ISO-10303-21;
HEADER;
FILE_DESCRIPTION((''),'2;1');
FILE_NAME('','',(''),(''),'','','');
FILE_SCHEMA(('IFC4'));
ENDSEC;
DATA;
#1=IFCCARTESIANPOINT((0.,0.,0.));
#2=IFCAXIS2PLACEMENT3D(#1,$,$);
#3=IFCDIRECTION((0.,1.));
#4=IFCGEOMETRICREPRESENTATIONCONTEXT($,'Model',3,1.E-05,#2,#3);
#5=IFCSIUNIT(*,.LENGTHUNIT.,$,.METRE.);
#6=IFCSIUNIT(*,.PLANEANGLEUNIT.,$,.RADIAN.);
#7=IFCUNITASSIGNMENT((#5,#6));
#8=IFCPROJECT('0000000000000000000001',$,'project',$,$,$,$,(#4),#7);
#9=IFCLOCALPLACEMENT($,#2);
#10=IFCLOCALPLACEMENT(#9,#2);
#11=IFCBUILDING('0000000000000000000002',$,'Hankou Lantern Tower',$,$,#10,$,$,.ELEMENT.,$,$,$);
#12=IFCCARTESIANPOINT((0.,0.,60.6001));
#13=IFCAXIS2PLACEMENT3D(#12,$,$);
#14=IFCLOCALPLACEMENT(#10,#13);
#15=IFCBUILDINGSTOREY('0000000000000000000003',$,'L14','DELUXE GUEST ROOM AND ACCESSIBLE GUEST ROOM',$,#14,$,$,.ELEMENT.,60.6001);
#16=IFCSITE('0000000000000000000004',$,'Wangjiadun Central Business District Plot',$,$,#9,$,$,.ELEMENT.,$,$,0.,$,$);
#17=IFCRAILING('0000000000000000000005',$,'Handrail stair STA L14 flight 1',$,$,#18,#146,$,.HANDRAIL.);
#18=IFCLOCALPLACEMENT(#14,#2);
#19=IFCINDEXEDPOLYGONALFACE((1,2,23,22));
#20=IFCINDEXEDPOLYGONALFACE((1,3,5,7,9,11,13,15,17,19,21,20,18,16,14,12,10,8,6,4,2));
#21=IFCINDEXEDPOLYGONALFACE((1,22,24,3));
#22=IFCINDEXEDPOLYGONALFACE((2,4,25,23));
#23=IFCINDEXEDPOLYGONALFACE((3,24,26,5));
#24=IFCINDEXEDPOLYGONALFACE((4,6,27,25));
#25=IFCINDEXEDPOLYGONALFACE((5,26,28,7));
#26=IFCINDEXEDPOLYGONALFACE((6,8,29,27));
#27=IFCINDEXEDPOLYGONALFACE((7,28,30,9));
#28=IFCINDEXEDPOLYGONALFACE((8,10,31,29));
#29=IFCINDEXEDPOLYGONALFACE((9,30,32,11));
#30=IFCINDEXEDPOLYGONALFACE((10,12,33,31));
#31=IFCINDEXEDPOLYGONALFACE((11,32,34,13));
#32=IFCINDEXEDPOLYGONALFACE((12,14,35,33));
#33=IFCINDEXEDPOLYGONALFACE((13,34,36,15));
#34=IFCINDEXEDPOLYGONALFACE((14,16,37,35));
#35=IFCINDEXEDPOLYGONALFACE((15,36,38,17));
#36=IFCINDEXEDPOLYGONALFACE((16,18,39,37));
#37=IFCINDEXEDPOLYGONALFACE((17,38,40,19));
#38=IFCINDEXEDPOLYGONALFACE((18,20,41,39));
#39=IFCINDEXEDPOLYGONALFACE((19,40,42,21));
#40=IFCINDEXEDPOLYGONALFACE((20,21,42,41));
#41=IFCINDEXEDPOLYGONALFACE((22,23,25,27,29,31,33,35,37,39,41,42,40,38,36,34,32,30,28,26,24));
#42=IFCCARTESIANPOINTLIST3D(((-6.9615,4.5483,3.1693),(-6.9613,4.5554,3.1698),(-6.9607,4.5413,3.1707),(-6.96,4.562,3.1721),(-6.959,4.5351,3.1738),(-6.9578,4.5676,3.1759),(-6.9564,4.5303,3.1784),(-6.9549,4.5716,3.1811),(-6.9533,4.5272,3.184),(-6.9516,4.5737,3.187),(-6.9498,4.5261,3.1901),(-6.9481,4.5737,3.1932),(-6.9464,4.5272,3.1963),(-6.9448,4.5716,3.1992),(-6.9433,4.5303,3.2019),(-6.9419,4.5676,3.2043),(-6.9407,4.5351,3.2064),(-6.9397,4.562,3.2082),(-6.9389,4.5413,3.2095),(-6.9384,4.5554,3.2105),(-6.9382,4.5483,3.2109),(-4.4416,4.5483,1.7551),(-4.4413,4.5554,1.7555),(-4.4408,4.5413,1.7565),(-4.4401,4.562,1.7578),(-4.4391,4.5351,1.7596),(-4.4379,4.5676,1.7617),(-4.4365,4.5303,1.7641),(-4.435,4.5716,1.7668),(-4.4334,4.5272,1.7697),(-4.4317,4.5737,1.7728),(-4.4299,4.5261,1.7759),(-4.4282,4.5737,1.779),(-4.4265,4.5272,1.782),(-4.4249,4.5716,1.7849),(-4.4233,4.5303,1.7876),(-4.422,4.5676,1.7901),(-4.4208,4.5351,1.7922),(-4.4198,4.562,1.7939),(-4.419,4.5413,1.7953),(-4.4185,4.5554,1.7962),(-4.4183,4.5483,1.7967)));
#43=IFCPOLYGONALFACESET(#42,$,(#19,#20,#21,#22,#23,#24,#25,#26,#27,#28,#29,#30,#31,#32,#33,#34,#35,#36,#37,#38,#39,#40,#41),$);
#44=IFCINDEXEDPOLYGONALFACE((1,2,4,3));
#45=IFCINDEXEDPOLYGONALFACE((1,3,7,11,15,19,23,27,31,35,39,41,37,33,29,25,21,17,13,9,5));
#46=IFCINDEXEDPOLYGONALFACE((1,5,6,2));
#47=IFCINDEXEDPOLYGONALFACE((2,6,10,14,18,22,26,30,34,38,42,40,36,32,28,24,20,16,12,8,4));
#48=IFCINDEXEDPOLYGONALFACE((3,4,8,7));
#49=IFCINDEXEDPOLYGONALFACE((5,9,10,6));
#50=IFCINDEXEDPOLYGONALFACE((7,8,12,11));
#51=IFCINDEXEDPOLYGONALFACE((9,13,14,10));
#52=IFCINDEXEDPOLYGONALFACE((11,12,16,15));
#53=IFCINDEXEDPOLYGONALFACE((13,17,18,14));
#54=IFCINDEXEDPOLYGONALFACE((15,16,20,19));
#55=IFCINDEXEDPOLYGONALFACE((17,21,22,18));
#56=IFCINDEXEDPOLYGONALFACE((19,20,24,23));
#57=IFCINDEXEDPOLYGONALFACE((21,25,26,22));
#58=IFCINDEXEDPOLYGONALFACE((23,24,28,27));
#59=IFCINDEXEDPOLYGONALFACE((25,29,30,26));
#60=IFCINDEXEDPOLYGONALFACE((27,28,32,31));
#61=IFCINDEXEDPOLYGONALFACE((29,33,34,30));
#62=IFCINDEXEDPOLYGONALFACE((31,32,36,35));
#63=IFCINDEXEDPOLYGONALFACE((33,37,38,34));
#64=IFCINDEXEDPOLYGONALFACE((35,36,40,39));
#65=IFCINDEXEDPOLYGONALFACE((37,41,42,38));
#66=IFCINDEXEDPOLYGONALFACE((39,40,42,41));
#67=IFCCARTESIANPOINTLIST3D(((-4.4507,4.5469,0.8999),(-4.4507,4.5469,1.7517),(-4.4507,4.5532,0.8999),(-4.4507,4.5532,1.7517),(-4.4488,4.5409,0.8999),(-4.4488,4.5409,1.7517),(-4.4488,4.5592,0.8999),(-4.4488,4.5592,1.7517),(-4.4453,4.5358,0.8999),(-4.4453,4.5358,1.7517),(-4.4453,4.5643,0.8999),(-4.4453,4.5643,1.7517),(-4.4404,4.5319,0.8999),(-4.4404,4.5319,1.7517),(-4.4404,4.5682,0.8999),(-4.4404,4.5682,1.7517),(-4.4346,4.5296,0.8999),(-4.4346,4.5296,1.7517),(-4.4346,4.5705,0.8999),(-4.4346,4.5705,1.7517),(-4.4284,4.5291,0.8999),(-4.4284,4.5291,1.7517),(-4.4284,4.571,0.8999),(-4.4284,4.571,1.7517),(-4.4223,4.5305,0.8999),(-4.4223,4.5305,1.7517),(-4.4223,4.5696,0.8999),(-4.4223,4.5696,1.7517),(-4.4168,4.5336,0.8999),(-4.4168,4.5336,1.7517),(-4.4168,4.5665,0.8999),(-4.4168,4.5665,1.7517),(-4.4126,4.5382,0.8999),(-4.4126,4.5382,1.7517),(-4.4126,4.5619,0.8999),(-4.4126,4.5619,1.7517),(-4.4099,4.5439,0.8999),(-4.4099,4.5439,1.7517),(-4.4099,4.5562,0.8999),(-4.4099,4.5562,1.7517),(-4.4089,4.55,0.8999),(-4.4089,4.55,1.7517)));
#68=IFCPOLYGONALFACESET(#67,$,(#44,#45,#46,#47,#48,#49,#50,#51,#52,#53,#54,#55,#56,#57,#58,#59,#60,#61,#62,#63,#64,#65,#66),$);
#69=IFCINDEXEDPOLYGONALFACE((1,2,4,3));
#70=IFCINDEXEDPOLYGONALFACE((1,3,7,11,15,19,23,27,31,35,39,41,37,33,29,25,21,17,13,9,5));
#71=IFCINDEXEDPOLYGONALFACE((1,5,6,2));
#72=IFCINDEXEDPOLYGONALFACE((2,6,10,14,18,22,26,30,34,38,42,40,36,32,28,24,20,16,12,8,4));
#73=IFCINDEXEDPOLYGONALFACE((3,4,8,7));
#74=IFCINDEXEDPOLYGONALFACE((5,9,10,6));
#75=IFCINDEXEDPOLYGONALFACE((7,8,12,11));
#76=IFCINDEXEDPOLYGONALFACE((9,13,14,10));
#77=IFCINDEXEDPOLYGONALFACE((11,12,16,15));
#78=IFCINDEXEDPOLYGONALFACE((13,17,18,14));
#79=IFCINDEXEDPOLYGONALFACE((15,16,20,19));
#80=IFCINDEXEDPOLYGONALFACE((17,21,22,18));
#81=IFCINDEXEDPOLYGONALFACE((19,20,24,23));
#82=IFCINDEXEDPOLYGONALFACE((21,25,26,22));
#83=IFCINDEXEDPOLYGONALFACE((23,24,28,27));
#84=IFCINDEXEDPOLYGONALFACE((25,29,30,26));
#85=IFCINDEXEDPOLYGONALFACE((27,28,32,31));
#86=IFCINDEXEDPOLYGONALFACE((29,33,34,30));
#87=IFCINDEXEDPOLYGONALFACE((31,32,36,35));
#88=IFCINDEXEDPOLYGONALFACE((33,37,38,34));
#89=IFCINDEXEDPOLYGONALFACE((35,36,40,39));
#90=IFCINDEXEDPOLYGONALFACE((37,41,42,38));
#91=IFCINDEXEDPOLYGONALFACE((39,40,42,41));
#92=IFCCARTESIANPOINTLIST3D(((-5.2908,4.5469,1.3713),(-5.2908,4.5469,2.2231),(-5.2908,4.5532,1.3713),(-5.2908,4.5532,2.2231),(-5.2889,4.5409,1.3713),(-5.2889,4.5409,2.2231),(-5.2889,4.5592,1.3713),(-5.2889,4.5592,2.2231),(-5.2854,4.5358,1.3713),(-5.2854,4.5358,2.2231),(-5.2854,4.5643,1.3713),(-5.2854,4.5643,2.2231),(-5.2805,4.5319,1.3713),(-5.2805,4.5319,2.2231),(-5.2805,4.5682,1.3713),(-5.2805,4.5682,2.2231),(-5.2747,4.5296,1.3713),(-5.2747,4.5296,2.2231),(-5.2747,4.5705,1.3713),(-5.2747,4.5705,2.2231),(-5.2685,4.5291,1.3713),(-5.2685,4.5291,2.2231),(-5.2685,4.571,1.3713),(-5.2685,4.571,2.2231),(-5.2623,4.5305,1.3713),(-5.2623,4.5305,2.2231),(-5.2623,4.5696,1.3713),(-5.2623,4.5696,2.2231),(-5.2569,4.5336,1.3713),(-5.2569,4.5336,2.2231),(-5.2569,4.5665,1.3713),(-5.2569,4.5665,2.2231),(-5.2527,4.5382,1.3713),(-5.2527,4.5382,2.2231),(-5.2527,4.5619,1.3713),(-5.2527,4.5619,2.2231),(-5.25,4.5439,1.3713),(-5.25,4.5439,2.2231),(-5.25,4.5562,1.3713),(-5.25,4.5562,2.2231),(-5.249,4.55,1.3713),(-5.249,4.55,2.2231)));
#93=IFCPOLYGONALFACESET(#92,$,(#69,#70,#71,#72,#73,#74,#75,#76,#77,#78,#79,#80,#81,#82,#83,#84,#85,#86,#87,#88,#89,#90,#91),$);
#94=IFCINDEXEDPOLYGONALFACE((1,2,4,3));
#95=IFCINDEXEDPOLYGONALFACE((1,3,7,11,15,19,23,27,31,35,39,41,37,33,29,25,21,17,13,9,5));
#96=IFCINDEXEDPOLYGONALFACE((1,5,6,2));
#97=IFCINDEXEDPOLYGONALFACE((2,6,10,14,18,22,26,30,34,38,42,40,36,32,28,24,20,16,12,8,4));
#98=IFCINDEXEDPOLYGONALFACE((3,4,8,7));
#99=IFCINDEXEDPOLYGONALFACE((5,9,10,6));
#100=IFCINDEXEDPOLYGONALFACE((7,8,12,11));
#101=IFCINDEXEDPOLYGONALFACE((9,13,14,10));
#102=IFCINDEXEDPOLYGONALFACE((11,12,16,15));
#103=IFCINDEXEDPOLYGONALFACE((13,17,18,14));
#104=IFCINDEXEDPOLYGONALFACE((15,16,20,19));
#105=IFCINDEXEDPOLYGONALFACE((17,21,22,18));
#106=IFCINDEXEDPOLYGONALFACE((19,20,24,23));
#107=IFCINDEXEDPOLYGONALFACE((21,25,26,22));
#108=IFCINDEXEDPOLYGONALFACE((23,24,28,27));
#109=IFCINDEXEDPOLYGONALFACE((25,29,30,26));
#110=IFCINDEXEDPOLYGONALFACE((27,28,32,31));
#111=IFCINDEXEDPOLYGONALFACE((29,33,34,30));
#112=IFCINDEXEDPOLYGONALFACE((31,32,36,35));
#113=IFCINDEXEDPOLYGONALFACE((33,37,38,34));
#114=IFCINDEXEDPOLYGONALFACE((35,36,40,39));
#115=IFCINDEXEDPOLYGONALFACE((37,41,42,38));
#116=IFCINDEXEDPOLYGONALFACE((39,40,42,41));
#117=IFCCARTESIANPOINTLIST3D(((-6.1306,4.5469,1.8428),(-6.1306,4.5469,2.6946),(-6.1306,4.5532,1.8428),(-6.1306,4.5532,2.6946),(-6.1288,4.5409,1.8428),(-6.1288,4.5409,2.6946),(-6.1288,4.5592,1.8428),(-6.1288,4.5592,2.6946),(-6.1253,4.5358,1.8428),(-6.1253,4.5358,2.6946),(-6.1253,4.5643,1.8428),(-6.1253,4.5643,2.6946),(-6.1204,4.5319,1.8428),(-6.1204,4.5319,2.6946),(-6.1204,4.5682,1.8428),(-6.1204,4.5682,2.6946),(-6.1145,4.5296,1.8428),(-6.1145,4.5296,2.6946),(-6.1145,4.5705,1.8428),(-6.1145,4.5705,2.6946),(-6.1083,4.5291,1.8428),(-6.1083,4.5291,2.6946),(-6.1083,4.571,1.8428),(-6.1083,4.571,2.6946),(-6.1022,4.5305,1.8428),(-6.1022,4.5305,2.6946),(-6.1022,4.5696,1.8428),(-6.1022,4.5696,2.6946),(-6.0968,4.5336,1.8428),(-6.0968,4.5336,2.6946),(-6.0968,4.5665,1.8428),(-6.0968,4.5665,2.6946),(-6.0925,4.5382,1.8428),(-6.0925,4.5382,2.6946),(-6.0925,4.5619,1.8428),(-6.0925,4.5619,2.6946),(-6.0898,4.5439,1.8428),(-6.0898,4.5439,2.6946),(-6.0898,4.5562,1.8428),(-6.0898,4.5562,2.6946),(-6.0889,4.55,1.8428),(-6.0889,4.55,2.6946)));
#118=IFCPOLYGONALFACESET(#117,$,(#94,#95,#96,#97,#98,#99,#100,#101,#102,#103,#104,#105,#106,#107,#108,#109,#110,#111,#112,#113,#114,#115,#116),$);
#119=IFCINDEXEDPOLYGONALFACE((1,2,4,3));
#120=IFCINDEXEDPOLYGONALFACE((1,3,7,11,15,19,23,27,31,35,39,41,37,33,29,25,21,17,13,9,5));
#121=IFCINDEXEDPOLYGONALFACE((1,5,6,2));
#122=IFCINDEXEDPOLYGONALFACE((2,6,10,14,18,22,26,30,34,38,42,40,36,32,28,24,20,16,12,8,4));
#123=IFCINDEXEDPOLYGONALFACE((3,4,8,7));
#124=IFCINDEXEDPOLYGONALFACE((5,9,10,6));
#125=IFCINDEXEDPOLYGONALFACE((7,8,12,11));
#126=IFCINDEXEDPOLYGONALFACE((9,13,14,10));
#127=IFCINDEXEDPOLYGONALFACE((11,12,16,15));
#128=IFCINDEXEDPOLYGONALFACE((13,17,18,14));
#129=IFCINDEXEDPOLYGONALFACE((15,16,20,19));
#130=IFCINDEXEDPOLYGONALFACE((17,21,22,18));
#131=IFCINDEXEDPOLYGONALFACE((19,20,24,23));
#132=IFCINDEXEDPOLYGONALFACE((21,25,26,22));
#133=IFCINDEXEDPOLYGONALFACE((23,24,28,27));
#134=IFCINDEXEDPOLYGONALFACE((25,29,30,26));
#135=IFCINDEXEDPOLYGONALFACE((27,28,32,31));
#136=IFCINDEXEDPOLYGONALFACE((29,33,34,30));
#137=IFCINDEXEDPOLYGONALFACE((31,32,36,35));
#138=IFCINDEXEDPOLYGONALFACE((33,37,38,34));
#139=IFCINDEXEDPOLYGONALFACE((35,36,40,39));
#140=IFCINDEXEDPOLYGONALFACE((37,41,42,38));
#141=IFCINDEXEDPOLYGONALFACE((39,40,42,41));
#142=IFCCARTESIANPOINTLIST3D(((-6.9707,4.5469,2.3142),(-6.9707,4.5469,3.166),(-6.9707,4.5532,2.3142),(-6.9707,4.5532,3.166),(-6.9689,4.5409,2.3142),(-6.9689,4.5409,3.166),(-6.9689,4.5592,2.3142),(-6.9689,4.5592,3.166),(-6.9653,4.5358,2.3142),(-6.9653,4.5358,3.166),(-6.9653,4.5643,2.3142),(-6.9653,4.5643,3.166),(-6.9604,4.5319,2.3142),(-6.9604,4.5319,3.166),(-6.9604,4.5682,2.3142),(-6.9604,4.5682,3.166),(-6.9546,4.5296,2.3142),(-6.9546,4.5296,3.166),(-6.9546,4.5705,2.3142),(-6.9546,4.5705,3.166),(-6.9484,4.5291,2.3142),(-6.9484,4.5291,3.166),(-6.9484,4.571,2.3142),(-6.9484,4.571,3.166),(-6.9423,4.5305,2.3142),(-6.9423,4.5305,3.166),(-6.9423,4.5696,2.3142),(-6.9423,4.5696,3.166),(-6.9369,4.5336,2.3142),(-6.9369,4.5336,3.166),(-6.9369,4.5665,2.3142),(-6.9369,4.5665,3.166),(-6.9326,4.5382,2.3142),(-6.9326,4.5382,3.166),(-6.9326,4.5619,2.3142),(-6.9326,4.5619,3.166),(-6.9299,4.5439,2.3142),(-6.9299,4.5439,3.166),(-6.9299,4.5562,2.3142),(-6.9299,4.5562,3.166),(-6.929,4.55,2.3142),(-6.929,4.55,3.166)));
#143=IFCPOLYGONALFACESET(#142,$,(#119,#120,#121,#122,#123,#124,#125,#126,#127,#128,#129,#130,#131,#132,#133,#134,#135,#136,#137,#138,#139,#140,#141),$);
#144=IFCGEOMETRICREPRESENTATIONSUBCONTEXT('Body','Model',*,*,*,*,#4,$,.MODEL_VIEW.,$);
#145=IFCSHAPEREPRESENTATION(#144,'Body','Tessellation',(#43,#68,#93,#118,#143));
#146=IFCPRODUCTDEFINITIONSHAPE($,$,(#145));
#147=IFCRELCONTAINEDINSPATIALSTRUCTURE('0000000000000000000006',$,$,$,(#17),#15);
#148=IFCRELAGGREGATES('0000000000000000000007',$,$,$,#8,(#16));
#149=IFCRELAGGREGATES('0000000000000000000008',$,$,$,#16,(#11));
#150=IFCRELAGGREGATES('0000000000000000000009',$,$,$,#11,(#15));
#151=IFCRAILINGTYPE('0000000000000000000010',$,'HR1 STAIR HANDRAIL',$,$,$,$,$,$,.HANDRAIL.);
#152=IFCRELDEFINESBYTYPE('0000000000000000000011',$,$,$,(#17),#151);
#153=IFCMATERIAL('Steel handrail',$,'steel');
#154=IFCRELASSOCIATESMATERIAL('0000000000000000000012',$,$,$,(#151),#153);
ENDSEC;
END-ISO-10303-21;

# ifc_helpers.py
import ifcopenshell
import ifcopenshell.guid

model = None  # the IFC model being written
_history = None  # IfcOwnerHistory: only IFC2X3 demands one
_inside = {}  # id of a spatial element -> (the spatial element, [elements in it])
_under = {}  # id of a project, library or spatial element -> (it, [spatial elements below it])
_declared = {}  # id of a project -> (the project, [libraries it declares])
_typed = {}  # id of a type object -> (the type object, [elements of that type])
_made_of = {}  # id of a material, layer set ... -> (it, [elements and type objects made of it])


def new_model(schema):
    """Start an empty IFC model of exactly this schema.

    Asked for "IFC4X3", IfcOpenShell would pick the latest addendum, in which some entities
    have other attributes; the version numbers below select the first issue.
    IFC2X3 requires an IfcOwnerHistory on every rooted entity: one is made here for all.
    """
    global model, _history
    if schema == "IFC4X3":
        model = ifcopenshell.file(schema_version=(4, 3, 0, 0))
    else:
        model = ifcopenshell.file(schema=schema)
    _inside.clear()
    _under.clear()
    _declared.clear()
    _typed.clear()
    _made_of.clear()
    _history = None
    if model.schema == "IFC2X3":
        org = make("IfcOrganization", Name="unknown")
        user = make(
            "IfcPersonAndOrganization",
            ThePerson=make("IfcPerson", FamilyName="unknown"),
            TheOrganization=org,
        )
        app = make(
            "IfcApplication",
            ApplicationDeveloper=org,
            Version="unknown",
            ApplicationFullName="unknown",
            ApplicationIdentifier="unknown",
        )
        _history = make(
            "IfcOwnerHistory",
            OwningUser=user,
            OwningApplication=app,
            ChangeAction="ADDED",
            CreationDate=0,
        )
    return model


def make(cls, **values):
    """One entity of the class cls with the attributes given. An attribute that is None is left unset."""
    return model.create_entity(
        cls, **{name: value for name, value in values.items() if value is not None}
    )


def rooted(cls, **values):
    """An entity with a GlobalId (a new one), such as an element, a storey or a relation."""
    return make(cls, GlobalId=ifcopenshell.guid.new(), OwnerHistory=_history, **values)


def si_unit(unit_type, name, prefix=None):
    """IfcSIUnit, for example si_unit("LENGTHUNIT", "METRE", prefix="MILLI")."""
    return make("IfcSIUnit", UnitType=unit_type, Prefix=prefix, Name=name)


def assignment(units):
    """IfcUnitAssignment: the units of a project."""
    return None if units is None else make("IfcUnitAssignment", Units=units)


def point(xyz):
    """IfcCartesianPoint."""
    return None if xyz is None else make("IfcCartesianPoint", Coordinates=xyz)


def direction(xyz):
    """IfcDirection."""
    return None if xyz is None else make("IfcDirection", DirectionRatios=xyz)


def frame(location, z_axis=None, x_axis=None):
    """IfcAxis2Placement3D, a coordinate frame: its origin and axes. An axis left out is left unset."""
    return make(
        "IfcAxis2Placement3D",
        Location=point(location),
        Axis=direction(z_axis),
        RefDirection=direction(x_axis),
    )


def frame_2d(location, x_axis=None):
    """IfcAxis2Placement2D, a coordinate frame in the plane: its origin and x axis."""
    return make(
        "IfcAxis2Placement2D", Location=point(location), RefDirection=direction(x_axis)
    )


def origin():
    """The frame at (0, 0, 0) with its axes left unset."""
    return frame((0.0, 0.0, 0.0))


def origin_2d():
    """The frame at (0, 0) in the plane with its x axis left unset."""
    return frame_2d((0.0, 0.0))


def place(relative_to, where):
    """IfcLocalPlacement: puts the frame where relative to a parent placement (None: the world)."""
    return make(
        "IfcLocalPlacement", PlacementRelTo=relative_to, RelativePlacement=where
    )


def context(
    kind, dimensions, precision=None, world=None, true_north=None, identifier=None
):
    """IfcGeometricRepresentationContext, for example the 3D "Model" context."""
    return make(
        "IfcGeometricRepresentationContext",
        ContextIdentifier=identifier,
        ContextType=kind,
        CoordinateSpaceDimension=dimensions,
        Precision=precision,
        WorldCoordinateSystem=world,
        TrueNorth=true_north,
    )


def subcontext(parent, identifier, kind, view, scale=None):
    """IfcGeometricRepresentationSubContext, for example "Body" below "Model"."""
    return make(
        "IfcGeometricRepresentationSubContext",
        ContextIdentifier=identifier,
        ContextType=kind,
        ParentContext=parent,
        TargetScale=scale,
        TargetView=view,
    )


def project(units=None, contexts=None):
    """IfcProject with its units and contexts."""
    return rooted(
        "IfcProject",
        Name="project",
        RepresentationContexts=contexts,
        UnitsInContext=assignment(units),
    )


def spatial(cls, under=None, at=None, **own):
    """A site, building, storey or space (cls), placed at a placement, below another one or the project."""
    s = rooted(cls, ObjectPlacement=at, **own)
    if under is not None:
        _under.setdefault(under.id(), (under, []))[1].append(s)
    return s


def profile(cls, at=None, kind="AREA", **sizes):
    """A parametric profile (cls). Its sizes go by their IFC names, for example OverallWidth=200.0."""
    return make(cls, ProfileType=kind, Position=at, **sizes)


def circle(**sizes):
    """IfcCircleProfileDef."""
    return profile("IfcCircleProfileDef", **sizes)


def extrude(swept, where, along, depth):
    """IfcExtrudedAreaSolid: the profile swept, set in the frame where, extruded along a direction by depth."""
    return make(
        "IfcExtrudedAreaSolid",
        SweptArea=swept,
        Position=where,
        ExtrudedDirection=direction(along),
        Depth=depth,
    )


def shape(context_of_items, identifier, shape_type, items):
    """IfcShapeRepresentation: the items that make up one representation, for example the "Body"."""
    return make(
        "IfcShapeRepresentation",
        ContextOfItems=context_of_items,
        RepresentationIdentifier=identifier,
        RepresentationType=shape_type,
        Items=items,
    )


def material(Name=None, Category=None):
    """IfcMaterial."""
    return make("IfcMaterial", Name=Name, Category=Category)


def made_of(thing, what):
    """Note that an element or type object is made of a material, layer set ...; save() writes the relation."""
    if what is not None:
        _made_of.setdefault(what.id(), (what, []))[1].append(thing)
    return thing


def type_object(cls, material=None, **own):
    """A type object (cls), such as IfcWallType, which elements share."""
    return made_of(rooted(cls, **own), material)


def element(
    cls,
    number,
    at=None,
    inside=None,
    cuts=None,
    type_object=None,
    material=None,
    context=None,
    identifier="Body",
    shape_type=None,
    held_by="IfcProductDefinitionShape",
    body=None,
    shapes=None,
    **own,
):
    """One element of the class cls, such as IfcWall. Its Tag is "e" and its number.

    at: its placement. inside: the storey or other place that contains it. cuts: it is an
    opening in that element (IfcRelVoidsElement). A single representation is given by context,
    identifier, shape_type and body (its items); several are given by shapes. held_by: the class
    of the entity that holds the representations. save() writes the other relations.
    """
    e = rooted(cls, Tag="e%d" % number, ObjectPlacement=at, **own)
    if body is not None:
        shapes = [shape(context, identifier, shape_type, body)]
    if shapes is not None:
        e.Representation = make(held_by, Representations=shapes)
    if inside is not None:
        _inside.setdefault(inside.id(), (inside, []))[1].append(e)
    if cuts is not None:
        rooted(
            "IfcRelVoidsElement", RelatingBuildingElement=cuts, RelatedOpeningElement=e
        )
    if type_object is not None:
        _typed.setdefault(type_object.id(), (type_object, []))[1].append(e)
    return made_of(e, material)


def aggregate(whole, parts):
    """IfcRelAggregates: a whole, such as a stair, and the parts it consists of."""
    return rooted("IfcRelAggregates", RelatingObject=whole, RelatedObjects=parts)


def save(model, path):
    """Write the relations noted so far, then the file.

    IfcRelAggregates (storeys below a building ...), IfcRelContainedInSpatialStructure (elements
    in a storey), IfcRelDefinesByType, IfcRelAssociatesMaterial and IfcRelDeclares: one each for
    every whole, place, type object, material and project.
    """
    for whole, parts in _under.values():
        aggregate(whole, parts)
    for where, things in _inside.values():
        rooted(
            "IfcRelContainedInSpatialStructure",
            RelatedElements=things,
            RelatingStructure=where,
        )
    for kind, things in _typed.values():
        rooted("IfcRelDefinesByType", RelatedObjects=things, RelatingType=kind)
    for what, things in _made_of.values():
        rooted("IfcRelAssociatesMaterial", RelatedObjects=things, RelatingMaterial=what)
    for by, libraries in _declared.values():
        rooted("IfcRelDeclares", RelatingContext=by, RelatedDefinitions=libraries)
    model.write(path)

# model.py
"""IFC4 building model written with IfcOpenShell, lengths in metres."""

from ifc_helpers import new_model, si_unit, direction, frame, origin, origin_2d, place, context, subcontext, project, spatial, circle, extrude, material, type_object, element, save


model = new_model("IFC4")

# Units and contexts
model_context = context("Model", 3, precision=1e-05, world=origin(), true_north=direction((0.0, 1.0)))
body_context = subcontext(model_context, "Body", "Model", "MODEL_VIEW")
ifc_project = project(units=[si_unit("LENGTHUNIT", "METRE"), si_unit("PLANEANGLEUNIT", "RADIAN")], contexts=[model_context])

# Site, building, storey
site_placement = place(None, origin())
site = spatial("IfcSite", under=ifc_project, at=site_placement, Name="Wangjiadun Central Business District Plot", CompositionType="ELEMENT", RefElevation=0.0)
building_placement = place(site_placement, origin())
building = spatial("IfcBuilding", under=site, at=building_placement, Name="Hankou Lantern Tower", CompositionType="ELEMENT")
storey_placement = place(building_placement, frame((0.0, 0.0, 60.6001)))
storey = spatial("IfcBuildingStorey", under=building, at=storey_placement, Name="L14", Description="DELUXE GUEST ROOM AND ACCESSIBLE GUEST ROOM", CompositionType="ELEMENT", Elevation=60.6001)

# Railing
ifc_material_1 = material(Name="Steel handrail", Category="steel")
railing_type = type_object("IfcRailingType", Name="HR1 STAIR HANDRAIL", PredefinedType="HANDRAIL", material=ifc_material_1)
railing_1_placement = place(storey_placement, frame((-4.4299, 4.55, 0.8999)))
element("IfcRailing", 1, at=railing_1_placement, inside=storey, type_object=railing_type, Name="Handrail stair STA L14 flight 1", PredefinedType="HANDRAIL", context=body_context, shape_type="SweptSolid", body=[
    extrude(circle(Radius=0.0239, at=origin_2d()), frame((0.0, 0.0, 0.876), z_axis=(-0.872049, 0.0, 0.489419), x_axis=(0.0, -1.0, 0.0)), (0.0, 0.0, 1.0), 2.8896),
    extrude(circle(Radius=0.021, at=origin_2d()), origin(), (0.0, 0.0, 1.0), 0.8518),
    extrude(circle(Radius=0.021, at=origin_2d()), frame((-0.8401, 0.0, 0.4714)), (0.0, 0.0, 1.0), 0.8518),
    extrude(circle(Radius=0.021, at=origin_2d()), frame((-1.6799, 0.0, 0.9429)), (0.0, 0.0, 1.0), 0.8518),
    extrude(circle(Radius=0.021, at=origin_2d()), frame((-2.52, 0.0, 1.4143)), (0.0, 0.0, 1.0), 0.8518),
])

save(model, "model.ifc")
